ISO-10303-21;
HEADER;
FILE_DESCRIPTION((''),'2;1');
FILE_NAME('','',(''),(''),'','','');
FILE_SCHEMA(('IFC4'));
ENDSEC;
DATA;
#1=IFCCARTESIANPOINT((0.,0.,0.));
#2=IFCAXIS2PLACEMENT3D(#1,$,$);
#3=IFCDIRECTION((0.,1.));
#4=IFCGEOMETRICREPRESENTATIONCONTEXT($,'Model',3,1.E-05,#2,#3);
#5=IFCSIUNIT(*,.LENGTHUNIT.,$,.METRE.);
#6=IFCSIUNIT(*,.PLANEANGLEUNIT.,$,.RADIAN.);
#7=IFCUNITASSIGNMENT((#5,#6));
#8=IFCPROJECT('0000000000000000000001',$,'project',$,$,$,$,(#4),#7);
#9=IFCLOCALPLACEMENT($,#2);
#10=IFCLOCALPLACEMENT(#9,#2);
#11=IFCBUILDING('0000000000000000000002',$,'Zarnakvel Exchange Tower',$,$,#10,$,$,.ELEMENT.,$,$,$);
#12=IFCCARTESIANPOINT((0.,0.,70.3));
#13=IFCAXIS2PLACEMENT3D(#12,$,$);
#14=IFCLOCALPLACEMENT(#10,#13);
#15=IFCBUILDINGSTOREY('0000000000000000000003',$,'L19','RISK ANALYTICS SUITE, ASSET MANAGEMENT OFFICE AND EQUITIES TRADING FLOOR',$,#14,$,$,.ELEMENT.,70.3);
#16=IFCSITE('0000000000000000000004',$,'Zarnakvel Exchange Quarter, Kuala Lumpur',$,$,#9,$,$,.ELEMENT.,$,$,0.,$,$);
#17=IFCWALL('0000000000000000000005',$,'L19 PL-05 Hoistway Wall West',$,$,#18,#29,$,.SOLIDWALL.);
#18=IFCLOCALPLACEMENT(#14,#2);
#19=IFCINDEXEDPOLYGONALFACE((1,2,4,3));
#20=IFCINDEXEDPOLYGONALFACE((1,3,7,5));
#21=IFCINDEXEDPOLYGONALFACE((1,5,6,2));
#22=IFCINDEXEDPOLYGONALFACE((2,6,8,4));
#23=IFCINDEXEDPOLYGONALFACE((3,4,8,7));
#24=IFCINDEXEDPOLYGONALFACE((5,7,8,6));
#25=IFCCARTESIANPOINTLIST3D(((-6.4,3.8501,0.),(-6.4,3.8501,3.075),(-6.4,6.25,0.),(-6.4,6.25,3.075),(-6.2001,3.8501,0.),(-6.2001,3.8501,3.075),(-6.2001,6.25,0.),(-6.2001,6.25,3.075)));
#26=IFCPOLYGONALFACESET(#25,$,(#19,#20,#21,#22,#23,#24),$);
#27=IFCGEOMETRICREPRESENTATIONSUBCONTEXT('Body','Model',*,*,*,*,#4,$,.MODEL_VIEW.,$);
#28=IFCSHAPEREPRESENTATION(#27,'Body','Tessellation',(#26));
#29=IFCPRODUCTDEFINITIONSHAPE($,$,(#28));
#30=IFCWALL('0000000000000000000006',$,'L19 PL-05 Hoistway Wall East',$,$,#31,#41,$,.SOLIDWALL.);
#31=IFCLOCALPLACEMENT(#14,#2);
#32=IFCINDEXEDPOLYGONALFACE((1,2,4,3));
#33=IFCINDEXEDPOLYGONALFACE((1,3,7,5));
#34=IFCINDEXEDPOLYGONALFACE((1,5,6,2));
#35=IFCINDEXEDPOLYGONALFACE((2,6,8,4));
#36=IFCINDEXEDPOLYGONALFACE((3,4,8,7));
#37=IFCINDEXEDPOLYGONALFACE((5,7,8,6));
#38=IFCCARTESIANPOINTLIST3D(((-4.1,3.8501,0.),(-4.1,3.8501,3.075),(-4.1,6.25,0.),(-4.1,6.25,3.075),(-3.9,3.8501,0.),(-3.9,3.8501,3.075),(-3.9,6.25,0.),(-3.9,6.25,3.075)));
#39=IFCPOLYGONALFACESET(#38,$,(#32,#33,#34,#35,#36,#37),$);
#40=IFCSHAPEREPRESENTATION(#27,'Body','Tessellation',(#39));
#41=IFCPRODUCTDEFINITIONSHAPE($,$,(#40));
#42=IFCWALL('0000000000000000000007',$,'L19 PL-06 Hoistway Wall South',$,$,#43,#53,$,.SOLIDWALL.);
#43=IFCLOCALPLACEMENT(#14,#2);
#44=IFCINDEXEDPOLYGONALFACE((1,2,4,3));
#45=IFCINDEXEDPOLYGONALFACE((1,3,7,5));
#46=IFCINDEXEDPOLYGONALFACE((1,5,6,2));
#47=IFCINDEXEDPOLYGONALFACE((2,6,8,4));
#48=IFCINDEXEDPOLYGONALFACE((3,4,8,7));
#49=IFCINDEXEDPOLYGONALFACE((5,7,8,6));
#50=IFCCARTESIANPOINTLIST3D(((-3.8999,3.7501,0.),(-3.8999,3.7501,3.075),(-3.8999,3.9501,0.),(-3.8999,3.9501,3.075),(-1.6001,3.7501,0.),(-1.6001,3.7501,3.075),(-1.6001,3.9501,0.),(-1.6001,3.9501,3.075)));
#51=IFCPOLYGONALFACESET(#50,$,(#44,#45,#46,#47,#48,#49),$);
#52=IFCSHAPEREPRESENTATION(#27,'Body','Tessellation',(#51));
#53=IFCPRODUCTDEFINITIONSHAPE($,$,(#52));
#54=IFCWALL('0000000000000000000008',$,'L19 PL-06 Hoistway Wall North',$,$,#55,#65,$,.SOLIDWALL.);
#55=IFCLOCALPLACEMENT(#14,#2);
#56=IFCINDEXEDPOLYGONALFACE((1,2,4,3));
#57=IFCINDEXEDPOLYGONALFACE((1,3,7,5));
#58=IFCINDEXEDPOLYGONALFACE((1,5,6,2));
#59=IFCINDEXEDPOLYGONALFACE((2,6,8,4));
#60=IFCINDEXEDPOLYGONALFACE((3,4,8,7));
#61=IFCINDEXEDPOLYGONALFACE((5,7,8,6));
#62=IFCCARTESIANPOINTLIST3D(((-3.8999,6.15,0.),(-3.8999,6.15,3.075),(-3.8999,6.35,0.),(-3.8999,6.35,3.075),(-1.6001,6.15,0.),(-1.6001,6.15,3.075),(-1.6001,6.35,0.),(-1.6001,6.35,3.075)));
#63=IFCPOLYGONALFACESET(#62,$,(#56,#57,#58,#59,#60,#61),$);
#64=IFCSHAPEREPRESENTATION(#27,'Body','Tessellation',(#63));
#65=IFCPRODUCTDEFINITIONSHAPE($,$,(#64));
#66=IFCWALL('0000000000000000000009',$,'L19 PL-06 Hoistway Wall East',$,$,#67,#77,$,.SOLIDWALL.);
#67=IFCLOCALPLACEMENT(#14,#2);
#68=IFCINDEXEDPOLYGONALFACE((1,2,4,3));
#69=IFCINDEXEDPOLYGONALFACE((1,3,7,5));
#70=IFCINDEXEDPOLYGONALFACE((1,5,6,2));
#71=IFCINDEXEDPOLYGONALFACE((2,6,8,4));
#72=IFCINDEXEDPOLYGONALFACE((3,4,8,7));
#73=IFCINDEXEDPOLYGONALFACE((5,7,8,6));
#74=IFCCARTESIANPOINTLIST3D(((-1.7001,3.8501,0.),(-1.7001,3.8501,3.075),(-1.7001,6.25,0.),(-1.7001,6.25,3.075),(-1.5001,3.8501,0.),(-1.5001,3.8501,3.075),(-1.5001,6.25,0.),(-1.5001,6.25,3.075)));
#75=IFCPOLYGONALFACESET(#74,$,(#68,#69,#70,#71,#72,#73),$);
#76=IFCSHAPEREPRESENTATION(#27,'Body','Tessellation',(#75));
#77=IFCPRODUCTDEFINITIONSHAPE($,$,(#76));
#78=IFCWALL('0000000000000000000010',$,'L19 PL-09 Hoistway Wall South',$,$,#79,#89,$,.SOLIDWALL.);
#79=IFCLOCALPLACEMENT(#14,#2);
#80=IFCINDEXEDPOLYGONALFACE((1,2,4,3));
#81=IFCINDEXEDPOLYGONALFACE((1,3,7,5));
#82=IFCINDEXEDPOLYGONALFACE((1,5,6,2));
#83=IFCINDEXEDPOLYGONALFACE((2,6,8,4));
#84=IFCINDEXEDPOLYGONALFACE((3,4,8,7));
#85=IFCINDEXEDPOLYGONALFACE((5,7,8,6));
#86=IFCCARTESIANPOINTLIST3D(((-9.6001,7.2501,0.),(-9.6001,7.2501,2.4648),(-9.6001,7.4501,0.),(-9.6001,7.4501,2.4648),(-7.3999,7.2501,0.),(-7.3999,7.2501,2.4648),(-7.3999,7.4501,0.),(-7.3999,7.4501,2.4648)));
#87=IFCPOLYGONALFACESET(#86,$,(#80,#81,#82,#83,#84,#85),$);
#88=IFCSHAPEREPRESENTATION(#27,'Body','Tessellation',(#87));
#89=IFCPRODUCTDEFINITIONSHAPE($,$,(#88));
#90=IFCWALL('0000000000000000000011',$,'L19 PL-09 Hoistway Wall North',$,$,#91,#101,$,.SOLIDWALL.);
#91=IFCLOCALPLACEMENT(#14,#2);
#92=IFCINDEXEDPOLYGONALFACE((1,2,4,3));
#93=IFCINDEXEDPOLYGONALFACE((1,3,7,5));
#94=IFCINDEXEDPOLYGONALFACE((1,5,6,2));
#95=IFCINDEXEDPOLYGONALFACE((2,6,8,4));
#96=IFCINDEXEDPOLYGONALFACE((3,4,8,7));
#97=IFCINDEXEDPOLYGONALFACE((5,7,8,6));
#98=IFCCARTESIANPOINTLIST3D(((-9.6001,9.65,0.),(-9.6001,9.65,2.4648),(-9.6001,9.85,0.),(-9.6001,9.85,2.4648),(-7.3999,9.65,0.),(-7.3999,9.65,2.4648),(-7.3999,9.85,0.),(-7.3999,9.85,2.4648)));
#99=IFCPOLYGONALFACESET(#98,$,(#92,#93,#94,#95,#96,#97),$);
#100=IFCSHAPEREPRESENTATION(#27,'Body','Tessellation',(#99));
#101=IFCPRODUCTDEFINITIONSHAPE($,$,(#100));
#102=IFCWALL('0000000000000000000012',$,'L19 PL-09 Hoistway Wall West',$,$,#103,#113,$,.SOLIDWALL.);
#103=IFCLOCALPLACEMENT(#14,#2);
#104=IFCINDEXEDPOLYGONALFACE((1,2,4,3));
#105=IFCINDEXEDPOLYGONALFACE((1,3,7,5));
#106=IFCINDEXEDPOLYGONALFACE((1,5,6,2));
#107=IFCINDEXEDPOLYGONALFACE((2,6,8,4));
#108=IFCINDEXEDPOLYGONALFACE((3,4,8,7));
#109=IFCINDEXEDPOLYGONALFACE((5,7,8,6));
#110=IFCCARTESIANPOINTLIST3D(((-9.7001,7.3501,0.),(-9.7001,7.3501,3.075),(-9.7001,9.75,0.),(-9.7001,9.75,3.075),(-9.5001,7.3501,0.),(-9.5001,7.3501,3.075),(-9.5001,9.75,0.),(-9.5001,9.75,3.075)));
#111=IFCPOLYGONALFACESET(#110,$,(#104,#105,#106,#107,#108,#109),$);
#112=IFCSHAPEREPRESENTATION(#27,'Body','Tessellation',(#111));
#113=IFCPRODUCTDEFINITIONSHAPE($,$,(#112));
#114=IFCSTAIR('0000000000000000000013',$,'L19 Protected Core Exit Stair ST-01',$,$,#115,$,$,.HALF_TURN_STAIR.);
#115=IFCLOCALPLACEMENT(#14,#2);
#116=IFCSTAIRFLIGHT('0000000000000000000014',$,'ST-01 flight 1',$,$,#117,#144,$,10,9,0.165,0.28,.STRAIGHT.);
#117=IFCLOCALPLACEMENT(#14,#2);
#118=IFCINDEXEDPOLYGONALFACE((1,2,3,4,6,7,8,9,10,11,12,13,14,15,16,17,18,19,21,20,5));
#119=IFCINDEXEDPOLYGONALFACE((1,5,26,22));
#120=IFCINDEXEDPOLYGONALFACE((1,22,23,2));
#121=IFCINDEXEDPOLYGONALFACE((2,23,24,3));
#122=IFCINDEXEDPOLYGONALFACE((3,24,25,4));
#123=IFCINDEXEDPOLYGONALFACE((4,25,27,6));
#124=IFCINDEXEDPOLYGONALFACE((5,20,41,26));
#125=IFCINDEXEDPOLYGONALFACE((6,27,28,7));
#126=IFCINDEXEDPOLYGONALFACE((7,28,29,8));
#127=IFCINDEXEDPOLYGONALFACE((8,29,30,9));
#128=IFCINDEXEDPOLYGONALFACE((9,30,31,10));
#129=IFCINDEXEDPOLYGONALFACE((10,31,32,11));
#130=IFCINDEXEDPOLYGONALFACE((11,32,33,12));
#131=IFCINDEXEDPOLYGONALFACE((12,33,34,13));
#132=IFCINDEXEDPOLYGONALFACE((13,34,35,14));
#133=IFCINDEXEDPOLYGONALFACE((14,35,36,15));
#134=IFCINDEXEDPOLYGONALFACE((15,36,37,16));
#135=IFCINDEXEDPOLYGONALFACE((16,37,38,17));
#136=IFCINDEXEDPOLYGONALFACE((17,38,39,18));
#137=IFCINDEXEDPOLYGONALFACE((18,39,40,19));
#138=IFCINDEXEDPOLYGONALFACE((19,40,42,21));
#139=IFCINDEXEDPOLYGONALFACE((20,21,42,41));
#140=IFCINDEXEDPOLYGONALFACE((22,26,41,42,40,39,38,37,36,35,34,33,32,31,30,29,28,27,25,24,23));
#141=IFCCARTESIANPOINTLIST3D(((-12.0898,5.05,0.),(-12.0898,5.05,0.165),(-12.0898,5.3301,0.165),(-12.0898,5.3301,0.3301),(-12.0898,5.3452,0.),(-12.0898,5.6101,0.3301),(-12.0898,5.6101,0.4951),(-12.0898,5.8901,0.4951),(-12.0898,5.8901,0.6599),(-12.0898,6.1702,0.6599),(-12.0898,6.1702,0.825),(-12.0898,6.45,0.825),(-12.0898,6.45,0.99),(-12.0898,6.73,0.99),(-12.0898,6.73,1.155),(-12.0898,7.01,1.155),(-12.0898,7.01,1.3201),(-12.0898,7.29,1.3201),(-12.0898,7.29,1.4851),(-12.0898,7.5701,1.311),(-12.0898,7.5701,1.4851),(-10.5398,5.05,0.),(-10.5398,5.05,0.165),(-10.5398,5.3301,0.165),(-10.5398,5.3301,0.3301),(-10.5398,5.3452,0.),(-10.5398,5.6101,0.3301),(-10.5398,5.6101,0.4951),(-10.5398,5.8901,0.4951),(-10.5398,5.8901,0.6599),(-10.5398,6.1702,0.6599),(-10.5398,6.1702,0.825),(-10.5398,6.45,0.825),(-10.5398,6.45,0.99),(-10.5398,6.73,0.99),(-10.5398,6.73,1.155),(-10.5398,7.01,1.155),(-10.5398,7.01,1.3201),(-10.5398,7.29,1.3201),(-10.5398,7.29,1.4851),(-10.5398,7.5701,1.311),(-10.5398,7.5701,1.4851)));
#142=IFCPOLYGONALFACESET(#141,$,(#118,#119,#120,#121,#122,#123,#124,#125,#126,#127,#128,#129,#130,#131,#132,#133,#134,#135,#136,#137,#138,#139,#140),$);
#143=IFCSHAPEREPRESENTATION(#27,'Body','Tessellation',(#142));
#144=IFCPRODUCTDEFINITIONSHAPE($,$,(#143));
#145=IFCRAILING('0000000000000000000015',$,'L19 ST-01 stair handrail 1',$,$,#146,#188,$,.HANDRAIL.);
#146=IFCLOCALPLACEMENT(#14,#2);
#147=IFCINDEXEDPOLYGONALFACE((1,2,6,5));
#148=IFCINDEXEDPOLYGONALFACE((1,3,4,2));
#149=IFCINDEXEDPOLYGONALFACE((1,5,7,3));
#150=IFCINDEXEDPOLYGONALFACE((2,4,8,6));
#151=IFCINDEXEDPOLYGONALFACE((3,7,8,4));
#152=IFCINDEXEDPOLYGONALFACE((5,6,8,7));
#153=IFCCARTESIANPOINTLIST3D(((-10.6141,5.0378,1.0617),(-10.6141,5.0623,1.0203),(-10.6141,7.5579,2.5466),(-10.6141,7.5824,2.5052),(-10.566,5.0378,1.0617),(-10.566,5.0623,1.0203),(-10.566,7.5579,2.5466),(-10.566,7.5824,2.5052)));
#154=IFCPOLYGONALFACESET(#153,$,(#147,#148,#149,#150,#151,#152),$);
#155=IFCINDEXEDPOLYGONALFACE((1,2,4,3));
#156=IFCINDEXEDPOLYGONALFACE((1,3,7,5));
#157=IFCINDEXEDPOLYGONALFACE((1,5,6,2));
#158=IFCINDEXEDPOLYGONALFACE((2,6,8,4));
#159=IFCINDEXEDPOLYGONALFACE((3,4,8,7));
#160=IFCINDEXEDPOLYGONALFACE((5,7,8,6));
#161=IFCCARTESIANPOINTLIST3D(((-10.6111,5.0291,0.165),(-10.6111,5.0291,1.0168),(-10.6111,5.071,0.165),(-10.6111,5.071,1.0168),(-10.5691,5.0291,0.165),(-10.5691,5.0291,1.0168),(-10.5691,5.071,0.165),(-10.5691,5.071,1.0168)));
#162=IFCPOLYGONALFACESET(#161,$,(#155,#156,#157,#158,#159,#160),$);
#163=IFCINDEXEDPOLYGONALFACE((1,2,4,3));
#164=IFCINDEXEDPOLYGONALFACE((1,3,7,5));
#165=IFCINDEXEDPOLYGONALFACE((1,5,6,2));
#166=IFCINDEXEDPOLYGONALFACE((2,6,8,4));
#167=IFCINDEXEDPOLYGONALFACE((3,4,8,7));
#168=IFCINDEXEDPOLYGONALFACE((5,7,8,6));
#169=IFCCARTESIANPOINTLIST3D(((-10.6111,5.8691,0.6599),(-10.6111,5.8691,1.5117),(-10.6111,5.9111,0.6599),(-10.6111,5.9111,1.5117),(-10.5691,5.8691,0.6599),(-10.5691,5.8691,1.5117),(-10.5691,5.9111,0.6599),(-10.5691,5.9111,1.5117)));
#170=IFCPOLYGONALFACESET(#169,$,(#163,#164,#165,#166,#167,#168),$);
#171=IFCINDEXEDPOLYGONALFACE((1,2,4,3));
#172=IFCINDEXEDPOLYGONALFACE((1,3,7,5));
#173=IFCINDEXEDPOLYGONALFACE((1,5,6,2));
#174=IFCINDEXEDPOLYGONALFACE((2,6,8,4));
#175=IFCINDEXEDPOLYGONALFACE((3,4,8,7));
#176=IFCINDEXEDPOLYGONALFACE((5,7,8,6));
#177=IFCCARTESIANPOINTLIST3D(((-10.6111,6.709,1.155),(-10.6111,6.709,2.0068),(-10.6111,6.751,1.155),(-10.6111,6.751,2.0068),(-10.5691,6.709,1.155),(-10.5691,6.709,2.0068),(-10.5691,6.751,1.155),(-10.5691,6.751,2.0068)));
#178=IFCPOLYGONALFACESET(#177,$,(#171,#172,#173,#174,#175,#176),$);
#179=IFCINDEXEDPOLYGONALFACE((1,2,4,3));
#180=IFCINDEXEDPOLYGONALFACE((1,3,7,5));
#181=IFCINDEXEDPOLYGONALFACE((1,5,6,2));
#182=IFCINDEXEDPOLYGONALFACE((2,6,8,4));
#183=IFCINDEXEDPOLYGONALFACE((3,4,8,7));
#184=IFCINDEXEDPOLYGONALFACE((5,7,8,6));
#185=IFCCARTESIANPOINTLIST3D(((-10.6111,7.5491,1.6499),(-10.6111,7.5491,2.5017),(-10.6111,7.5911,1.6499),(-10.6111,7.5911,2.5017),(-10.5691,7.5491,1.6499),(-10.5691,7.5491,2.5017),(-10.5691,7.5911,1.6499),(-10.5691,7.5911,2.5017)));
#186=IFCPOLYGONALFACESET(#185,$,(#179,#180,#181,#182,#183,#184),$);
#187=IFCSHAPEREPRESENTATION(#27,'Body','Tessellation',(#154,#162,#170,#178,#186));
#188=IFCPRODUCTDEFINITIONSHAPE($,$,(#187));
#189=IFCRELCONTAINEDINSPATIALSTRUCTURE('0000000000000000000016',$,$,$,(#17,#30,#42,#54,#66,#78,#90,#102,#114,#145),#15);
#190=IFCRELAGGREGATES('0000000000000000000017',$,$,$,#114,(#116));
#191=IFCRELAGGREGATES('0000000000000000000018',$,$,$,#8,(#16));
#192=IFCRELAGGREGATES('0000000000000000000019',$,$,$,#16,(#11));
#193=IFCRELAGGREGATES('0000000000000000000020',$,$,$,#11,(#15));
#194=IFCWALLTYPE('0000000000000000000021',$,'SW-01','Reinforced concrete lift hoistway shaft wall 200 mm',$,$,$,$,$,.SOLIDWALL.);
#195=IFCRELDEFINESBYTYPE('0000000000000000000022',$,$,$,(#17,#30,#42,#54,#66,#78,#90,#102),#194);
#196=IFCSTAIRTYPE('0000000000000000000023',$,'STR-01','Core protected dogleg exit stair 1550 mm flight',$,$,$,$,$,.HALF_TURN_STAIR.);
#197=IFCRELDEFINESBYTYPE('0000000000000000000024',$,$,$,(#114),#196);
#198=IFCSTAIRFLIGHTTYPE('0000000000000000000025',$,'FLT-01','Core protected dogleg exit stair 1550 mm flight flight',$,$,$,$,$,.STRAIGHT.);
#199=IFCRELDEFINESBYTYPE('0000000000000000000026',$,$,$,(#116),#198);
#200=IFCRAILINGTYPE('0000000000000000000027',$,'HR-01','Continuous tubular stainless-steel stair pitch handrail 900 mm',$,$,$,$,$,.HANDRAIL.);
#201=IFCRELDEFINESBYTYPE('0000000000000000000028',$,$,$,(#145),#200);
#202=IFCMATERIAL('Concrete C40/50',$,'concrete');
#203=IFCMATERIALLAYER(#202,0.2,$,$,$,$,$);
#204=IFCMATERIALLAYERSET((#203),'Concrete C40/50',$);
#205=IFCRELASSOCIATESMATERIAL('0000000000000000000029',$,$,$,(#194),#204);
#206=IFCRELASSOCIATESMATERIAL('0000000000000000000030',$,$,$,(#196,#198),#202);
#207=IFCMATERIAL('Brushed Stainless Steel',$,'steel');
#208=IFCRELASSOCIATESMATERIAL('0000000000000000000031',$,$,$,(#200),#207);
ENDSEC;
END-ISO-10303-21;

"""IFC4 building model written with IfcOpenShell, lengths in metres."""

from ifc_helpers import new_model, si_unit, direction, frame, frame_2d, origin, origin_2d, place, context, subcontext, project, spatial, polyline, rectangle, outline, extrude, material, layer, layer_set, type_object, element, aggregate, save


model = new_model("IFC4")

# Units and contexts
model_context = context("Model", 3, precision=1e-05, world=origin(), true_north=direction((0.0, 1.0)))
body_context = subcontext(model_context, "Body", "Model", "MODEL_VIEW")
ifc_project = project(units=[si_unit("LENGTHUNIT", "METRE"), si_unit("PLANEANGLEUNIT", "RADIAN")], contexts=[model_context])

# Site, building, storey
site_placement = place(None, origin())
site = spatial("IfcSite", under=ifc_project, at=site_placement, Name="Zarnakvel Exchange Quarter, Kuala Lumpur", CompositionType="ELEMENT", RefElevation=0.0)
building_placement = place(site_placement, origin())
building = spatial("IfcBuilding", under=site, at=building_placement, Name="Zarnakvel Exchange Tower", CompositionType="ELEMENT")
storey_placement = place(building_placement, frame((0.0, 0.0, 70.3)))
storey = spatial("IfcBuildingStorey", under=building, at=storey_placement, Name="L19", Description="RISK ANALYTICS SUITE, ASSET MANAGEMENT OFFICE AND EQUITIES TRADING FLOOR", CompositionType="ELEMENT", Elevation=70.3)

# Shared definitions
ifc_material_1 = material(Name="Concrete C40/50", Category="concrete")
ifc_layer_1 = layer(ifc_material_1, 0.2)
ifc_layer_set_1 = layer_set([ifc_layer_1], Name="Concrete C40/50")
wall_type_1 = type_object("IfcWallType", Name="SW-01", Description="Reinforced concrete lift hoistway shaft wall 200 mm", PredefinedType="SOLIDWALL", material=ifc_layer_set_1)
ifc_material_2 = material(Name="Brushed Stainless Steel", Category="steel")

# Walls
for number, where, z_axis, x_axis, name in (
    (1, (-6.3, 3.8501, 0.0), (0.0, 0.0, 1.0), (0.0, 1.0, 0.0), "L19 PL-05 Hoistway Wall West"),
    (2, (-4.0, 6.25, 0.0), (0.0, 0.0, 1.0), (0.0, -1.0, 0.0), "L19 PL-05 Hoistway Wall East"),
):
    element("IfcWall", number, at=place(storey_placement, frame(where, z_axis=z_axis, x_axis=x_axis)), inside=storey, type_object=wall_type_1, Name=name, PredefinedType="SOLIDWALL", context=body_context, shape_type="SweptSolid", body=[
        extrude(rectangle(XDim=2.3999, YDim=0.2, at=frame_2d((1.2, 0.0))), origin(), (0.0, 0.0, 1.0), 3.075),
    ])
for number, where, z_axis, x_axis, name in (
    (3, (-1.6001, 3.8501, 0.0), (0.0, 0.0, 1.0), (-1.0, 0.0, 0.0), "L19 PL-06 Hoistway Wall South"),
    (4, (-3.8999, 6.25, 0.0), (0.0, 0.0, 1.0), (1.0, 0.0, 0.0), "L19 PL-06 Hoistway Wall North"),
):
    element("IfcWall", number, at=place(storey_placement, frame(where, z_axis=z_axis, x_axis=x_axis)), inside=storey, type_object=wall_type_1, Name=name, PredefinedType="SOLIDWALL", context=body_context, shape_type="SweptSolid", body=[
        extrude(rectangle(XDim=2.2998, YDim=0.2, at=frame_2d((1.1499, 0.0))), origin(), (0.0, 0.0, 1.0), 3.075),
    ])
wall_1_placement = place(storey_placement, frame((-1.6001, 6.25, 0.0), z_axis=(0.0, 0.0, 1.0), x_axis=(0.0, -1.0, 0.0)))
element("IfcWall", 5, at=wall_1_placement, inside=storey, type_object=wall_type_1, Name="L19 PL-06 Hoistway Wall East", PredefinedType="SOLIDWALL", context=body_context, shape_type="SweptSolid", body=[
    extrude(rectangle(XDim=2.3999, YDim=0.2, at=frame_2d((1.2, 0.0))), origin(), (0.0, 0.0, 1.0), 3.075),
])
for number, where, z_axis, x_axis, name in (
    (6, (-7.3999, 7.3501, 0.0), (0.0, 0.0, 1.0), (-1.0, 0.0, 0.0), "L19 PL-09 Hoistway Wall South"),
    (7, (-9.6001, 9.75, 0.0), (0.0, 0.0, 1.0), (1.0, 0.0, 0.0), "L19 PL-09 Hoistway Wall North"),
):
    element("IfcWall", number, at=place(storey_placement, frame(where, z_axis=z_axis, x_axis=x_axis)), inside=storey, type_object=wall_type_1, Name=name, PredefinedType="SOLIDWALL", context=body_context, shape_type="SweptSolid", body=[
        extrude(rectangle(XDim=2.2002, YDim=0.2, at=frame_2d((1.1001, 0.0))), origin(), (0.0, 0.0, 1.0), 2.4648),
    ])
wall_2_placement = place(storey_placement, frame((-9.6001, 7.3501, 0.0), z_axis=(0.0, 0.0, 1.0), x_axis=(0.0, 1.0, 0.0)))
element("IfcWall", 8, at=wall_2_placement, inside=storey, type_object=wall_type_1, Name="L19 PL-09 Hoistway Wall West", PredefinedType="SOLIDWALL", context=body_context, shape_type="SweptSolid", body=[
    extrude(rectangle(XDim=2.3999, YDim=0.2, at=frame_2d((1.2, 0.0))), origin(), (0.0, 0.0, 1.0), 3.075),
])

# Stair, stair flight
stair_type = type_object("IfcStairType", Name="STR-01", Description="Core protected dogleg exit stair 1550 mm flight", PredefinedType="HALF_TURN_STAIR", material=ifc_material_1)
stair_placement = place(storey_placement, origin())
stair = element("IfcStair", 9, at=stair_placement, inside=storey, type_object=stair_type, Name="L19 Protected Core Exit Stair ST-01", PredefinedType="HALF_TURN_STAIR")
stair_flight_type = type_object("IfcStairFlightType", Name="FLT-01", Description="Core protected dogleg exit stair 1550 mm flight flight", PredefinedType="STRAIGHT", material=ifc_material_1)
stair_flight_placement = place(storey_placement, frame((-11.3149, 5.05, 0.0), z_axis=(0.0, 0.0, 1.0), x_axis=(0.0, 1.0, 0.0)))
stair_flight = element("IfcStairFlight", 10, at=stair_flight_placement, type_object=stair_flight_type, Name="ST-01 flight 1", NumberOfRisers=10, NumberOfTreads=9, PredefinedType="STRAIGHT", RiserHeight=0.165, TreadLength=0.28, context=body_context, shape_type="SweptSolid", body=[
    extrude(outline(polyline([(0.0, 0.0), (0.0, 0.165), (0.28, 0.165), (0.28, 0.3301), (0.5601, 0.3301), (0.5601, 0.4951), (0.8401, 0.4951), (0.8401, 0.6599), (1.1201, 0.6599), (1.1201, 0.825), (1.3999, 0.825), (1.3999, 0.99), (1.6799, 0.99), (1.6799, 1.155), (1.96, 1.155), (1.96, 1.3201), (2.24, 1.3201), (2.24, 1.4851), (2.52, 1.4851), (2.52, 1.6499), (2.52, 1.311), (0.2952, 0.0), (0.0, 0.0)])), frame((0.0, 0.7749, 0.0), z_axis=(0.0, -1.0, 0.0), x_axis=(1.0, 0.0, 0.0)), (0.0, 0.0, 1.0), 1.55),
])
aggregate(stair, [stair_flight])

# Railing
railing_type_1 = type_object("IfcRailingType", Name="HR-01", Description="Continuous tubular stainless-steel stair pitch handrail 900 mm", PredefinedType="HANDRAIL", material=ifc_material_2)
railing_1_placement = place(storey_placement, frame((-10.5901, 5.05, 0.165)))
element("IfcRailing", 11, at=railing_1_placement, inside=storey, type_object=railing_type_1, Name="L19 ST-01 stair handrail 1", PredefinedType="HANDRAIL", context=body_context, shape_type="SweptSolid", body=[
    extrude(rectangle(XDim=0.0481, YDim=0.0481, at=origin_2d()), frame((0.0, 0.0, 0.876), z_axis=(0.0, 0.861561, 0.507655), x_axis=(-1.0, 0.0, 0.0)), (0.0, 0.0, 1.0), 2.925),
    extrude(rectangle(XDim=0.042, YDim=0.042, at=origin_2d()), origin(), (0.0, 0.0, 1.0), 0.8518),
    extrude(rectangle(XDim=0.042, YDim=0.042, at=origin_2d()), frame((0.0, 0.8401, 0.4949)), (0.0, 0.0, 1.0), 0.8518),
    extrude(rectangle(XDim=0.042, YDim=0.042, at=origin_2d()), frame((0.0, 1.6799, 0.99)), (0.0, 0.0, 1.0), 0.8518),
    extrude(rectangle(XDim=0.042, YDim=0.042, at=origin_2d()), frame((0.0, 2.52, 1.4849)), (0.0, 0.0, 1.0), 0.8518),
])

save(model, "model.ifc")
